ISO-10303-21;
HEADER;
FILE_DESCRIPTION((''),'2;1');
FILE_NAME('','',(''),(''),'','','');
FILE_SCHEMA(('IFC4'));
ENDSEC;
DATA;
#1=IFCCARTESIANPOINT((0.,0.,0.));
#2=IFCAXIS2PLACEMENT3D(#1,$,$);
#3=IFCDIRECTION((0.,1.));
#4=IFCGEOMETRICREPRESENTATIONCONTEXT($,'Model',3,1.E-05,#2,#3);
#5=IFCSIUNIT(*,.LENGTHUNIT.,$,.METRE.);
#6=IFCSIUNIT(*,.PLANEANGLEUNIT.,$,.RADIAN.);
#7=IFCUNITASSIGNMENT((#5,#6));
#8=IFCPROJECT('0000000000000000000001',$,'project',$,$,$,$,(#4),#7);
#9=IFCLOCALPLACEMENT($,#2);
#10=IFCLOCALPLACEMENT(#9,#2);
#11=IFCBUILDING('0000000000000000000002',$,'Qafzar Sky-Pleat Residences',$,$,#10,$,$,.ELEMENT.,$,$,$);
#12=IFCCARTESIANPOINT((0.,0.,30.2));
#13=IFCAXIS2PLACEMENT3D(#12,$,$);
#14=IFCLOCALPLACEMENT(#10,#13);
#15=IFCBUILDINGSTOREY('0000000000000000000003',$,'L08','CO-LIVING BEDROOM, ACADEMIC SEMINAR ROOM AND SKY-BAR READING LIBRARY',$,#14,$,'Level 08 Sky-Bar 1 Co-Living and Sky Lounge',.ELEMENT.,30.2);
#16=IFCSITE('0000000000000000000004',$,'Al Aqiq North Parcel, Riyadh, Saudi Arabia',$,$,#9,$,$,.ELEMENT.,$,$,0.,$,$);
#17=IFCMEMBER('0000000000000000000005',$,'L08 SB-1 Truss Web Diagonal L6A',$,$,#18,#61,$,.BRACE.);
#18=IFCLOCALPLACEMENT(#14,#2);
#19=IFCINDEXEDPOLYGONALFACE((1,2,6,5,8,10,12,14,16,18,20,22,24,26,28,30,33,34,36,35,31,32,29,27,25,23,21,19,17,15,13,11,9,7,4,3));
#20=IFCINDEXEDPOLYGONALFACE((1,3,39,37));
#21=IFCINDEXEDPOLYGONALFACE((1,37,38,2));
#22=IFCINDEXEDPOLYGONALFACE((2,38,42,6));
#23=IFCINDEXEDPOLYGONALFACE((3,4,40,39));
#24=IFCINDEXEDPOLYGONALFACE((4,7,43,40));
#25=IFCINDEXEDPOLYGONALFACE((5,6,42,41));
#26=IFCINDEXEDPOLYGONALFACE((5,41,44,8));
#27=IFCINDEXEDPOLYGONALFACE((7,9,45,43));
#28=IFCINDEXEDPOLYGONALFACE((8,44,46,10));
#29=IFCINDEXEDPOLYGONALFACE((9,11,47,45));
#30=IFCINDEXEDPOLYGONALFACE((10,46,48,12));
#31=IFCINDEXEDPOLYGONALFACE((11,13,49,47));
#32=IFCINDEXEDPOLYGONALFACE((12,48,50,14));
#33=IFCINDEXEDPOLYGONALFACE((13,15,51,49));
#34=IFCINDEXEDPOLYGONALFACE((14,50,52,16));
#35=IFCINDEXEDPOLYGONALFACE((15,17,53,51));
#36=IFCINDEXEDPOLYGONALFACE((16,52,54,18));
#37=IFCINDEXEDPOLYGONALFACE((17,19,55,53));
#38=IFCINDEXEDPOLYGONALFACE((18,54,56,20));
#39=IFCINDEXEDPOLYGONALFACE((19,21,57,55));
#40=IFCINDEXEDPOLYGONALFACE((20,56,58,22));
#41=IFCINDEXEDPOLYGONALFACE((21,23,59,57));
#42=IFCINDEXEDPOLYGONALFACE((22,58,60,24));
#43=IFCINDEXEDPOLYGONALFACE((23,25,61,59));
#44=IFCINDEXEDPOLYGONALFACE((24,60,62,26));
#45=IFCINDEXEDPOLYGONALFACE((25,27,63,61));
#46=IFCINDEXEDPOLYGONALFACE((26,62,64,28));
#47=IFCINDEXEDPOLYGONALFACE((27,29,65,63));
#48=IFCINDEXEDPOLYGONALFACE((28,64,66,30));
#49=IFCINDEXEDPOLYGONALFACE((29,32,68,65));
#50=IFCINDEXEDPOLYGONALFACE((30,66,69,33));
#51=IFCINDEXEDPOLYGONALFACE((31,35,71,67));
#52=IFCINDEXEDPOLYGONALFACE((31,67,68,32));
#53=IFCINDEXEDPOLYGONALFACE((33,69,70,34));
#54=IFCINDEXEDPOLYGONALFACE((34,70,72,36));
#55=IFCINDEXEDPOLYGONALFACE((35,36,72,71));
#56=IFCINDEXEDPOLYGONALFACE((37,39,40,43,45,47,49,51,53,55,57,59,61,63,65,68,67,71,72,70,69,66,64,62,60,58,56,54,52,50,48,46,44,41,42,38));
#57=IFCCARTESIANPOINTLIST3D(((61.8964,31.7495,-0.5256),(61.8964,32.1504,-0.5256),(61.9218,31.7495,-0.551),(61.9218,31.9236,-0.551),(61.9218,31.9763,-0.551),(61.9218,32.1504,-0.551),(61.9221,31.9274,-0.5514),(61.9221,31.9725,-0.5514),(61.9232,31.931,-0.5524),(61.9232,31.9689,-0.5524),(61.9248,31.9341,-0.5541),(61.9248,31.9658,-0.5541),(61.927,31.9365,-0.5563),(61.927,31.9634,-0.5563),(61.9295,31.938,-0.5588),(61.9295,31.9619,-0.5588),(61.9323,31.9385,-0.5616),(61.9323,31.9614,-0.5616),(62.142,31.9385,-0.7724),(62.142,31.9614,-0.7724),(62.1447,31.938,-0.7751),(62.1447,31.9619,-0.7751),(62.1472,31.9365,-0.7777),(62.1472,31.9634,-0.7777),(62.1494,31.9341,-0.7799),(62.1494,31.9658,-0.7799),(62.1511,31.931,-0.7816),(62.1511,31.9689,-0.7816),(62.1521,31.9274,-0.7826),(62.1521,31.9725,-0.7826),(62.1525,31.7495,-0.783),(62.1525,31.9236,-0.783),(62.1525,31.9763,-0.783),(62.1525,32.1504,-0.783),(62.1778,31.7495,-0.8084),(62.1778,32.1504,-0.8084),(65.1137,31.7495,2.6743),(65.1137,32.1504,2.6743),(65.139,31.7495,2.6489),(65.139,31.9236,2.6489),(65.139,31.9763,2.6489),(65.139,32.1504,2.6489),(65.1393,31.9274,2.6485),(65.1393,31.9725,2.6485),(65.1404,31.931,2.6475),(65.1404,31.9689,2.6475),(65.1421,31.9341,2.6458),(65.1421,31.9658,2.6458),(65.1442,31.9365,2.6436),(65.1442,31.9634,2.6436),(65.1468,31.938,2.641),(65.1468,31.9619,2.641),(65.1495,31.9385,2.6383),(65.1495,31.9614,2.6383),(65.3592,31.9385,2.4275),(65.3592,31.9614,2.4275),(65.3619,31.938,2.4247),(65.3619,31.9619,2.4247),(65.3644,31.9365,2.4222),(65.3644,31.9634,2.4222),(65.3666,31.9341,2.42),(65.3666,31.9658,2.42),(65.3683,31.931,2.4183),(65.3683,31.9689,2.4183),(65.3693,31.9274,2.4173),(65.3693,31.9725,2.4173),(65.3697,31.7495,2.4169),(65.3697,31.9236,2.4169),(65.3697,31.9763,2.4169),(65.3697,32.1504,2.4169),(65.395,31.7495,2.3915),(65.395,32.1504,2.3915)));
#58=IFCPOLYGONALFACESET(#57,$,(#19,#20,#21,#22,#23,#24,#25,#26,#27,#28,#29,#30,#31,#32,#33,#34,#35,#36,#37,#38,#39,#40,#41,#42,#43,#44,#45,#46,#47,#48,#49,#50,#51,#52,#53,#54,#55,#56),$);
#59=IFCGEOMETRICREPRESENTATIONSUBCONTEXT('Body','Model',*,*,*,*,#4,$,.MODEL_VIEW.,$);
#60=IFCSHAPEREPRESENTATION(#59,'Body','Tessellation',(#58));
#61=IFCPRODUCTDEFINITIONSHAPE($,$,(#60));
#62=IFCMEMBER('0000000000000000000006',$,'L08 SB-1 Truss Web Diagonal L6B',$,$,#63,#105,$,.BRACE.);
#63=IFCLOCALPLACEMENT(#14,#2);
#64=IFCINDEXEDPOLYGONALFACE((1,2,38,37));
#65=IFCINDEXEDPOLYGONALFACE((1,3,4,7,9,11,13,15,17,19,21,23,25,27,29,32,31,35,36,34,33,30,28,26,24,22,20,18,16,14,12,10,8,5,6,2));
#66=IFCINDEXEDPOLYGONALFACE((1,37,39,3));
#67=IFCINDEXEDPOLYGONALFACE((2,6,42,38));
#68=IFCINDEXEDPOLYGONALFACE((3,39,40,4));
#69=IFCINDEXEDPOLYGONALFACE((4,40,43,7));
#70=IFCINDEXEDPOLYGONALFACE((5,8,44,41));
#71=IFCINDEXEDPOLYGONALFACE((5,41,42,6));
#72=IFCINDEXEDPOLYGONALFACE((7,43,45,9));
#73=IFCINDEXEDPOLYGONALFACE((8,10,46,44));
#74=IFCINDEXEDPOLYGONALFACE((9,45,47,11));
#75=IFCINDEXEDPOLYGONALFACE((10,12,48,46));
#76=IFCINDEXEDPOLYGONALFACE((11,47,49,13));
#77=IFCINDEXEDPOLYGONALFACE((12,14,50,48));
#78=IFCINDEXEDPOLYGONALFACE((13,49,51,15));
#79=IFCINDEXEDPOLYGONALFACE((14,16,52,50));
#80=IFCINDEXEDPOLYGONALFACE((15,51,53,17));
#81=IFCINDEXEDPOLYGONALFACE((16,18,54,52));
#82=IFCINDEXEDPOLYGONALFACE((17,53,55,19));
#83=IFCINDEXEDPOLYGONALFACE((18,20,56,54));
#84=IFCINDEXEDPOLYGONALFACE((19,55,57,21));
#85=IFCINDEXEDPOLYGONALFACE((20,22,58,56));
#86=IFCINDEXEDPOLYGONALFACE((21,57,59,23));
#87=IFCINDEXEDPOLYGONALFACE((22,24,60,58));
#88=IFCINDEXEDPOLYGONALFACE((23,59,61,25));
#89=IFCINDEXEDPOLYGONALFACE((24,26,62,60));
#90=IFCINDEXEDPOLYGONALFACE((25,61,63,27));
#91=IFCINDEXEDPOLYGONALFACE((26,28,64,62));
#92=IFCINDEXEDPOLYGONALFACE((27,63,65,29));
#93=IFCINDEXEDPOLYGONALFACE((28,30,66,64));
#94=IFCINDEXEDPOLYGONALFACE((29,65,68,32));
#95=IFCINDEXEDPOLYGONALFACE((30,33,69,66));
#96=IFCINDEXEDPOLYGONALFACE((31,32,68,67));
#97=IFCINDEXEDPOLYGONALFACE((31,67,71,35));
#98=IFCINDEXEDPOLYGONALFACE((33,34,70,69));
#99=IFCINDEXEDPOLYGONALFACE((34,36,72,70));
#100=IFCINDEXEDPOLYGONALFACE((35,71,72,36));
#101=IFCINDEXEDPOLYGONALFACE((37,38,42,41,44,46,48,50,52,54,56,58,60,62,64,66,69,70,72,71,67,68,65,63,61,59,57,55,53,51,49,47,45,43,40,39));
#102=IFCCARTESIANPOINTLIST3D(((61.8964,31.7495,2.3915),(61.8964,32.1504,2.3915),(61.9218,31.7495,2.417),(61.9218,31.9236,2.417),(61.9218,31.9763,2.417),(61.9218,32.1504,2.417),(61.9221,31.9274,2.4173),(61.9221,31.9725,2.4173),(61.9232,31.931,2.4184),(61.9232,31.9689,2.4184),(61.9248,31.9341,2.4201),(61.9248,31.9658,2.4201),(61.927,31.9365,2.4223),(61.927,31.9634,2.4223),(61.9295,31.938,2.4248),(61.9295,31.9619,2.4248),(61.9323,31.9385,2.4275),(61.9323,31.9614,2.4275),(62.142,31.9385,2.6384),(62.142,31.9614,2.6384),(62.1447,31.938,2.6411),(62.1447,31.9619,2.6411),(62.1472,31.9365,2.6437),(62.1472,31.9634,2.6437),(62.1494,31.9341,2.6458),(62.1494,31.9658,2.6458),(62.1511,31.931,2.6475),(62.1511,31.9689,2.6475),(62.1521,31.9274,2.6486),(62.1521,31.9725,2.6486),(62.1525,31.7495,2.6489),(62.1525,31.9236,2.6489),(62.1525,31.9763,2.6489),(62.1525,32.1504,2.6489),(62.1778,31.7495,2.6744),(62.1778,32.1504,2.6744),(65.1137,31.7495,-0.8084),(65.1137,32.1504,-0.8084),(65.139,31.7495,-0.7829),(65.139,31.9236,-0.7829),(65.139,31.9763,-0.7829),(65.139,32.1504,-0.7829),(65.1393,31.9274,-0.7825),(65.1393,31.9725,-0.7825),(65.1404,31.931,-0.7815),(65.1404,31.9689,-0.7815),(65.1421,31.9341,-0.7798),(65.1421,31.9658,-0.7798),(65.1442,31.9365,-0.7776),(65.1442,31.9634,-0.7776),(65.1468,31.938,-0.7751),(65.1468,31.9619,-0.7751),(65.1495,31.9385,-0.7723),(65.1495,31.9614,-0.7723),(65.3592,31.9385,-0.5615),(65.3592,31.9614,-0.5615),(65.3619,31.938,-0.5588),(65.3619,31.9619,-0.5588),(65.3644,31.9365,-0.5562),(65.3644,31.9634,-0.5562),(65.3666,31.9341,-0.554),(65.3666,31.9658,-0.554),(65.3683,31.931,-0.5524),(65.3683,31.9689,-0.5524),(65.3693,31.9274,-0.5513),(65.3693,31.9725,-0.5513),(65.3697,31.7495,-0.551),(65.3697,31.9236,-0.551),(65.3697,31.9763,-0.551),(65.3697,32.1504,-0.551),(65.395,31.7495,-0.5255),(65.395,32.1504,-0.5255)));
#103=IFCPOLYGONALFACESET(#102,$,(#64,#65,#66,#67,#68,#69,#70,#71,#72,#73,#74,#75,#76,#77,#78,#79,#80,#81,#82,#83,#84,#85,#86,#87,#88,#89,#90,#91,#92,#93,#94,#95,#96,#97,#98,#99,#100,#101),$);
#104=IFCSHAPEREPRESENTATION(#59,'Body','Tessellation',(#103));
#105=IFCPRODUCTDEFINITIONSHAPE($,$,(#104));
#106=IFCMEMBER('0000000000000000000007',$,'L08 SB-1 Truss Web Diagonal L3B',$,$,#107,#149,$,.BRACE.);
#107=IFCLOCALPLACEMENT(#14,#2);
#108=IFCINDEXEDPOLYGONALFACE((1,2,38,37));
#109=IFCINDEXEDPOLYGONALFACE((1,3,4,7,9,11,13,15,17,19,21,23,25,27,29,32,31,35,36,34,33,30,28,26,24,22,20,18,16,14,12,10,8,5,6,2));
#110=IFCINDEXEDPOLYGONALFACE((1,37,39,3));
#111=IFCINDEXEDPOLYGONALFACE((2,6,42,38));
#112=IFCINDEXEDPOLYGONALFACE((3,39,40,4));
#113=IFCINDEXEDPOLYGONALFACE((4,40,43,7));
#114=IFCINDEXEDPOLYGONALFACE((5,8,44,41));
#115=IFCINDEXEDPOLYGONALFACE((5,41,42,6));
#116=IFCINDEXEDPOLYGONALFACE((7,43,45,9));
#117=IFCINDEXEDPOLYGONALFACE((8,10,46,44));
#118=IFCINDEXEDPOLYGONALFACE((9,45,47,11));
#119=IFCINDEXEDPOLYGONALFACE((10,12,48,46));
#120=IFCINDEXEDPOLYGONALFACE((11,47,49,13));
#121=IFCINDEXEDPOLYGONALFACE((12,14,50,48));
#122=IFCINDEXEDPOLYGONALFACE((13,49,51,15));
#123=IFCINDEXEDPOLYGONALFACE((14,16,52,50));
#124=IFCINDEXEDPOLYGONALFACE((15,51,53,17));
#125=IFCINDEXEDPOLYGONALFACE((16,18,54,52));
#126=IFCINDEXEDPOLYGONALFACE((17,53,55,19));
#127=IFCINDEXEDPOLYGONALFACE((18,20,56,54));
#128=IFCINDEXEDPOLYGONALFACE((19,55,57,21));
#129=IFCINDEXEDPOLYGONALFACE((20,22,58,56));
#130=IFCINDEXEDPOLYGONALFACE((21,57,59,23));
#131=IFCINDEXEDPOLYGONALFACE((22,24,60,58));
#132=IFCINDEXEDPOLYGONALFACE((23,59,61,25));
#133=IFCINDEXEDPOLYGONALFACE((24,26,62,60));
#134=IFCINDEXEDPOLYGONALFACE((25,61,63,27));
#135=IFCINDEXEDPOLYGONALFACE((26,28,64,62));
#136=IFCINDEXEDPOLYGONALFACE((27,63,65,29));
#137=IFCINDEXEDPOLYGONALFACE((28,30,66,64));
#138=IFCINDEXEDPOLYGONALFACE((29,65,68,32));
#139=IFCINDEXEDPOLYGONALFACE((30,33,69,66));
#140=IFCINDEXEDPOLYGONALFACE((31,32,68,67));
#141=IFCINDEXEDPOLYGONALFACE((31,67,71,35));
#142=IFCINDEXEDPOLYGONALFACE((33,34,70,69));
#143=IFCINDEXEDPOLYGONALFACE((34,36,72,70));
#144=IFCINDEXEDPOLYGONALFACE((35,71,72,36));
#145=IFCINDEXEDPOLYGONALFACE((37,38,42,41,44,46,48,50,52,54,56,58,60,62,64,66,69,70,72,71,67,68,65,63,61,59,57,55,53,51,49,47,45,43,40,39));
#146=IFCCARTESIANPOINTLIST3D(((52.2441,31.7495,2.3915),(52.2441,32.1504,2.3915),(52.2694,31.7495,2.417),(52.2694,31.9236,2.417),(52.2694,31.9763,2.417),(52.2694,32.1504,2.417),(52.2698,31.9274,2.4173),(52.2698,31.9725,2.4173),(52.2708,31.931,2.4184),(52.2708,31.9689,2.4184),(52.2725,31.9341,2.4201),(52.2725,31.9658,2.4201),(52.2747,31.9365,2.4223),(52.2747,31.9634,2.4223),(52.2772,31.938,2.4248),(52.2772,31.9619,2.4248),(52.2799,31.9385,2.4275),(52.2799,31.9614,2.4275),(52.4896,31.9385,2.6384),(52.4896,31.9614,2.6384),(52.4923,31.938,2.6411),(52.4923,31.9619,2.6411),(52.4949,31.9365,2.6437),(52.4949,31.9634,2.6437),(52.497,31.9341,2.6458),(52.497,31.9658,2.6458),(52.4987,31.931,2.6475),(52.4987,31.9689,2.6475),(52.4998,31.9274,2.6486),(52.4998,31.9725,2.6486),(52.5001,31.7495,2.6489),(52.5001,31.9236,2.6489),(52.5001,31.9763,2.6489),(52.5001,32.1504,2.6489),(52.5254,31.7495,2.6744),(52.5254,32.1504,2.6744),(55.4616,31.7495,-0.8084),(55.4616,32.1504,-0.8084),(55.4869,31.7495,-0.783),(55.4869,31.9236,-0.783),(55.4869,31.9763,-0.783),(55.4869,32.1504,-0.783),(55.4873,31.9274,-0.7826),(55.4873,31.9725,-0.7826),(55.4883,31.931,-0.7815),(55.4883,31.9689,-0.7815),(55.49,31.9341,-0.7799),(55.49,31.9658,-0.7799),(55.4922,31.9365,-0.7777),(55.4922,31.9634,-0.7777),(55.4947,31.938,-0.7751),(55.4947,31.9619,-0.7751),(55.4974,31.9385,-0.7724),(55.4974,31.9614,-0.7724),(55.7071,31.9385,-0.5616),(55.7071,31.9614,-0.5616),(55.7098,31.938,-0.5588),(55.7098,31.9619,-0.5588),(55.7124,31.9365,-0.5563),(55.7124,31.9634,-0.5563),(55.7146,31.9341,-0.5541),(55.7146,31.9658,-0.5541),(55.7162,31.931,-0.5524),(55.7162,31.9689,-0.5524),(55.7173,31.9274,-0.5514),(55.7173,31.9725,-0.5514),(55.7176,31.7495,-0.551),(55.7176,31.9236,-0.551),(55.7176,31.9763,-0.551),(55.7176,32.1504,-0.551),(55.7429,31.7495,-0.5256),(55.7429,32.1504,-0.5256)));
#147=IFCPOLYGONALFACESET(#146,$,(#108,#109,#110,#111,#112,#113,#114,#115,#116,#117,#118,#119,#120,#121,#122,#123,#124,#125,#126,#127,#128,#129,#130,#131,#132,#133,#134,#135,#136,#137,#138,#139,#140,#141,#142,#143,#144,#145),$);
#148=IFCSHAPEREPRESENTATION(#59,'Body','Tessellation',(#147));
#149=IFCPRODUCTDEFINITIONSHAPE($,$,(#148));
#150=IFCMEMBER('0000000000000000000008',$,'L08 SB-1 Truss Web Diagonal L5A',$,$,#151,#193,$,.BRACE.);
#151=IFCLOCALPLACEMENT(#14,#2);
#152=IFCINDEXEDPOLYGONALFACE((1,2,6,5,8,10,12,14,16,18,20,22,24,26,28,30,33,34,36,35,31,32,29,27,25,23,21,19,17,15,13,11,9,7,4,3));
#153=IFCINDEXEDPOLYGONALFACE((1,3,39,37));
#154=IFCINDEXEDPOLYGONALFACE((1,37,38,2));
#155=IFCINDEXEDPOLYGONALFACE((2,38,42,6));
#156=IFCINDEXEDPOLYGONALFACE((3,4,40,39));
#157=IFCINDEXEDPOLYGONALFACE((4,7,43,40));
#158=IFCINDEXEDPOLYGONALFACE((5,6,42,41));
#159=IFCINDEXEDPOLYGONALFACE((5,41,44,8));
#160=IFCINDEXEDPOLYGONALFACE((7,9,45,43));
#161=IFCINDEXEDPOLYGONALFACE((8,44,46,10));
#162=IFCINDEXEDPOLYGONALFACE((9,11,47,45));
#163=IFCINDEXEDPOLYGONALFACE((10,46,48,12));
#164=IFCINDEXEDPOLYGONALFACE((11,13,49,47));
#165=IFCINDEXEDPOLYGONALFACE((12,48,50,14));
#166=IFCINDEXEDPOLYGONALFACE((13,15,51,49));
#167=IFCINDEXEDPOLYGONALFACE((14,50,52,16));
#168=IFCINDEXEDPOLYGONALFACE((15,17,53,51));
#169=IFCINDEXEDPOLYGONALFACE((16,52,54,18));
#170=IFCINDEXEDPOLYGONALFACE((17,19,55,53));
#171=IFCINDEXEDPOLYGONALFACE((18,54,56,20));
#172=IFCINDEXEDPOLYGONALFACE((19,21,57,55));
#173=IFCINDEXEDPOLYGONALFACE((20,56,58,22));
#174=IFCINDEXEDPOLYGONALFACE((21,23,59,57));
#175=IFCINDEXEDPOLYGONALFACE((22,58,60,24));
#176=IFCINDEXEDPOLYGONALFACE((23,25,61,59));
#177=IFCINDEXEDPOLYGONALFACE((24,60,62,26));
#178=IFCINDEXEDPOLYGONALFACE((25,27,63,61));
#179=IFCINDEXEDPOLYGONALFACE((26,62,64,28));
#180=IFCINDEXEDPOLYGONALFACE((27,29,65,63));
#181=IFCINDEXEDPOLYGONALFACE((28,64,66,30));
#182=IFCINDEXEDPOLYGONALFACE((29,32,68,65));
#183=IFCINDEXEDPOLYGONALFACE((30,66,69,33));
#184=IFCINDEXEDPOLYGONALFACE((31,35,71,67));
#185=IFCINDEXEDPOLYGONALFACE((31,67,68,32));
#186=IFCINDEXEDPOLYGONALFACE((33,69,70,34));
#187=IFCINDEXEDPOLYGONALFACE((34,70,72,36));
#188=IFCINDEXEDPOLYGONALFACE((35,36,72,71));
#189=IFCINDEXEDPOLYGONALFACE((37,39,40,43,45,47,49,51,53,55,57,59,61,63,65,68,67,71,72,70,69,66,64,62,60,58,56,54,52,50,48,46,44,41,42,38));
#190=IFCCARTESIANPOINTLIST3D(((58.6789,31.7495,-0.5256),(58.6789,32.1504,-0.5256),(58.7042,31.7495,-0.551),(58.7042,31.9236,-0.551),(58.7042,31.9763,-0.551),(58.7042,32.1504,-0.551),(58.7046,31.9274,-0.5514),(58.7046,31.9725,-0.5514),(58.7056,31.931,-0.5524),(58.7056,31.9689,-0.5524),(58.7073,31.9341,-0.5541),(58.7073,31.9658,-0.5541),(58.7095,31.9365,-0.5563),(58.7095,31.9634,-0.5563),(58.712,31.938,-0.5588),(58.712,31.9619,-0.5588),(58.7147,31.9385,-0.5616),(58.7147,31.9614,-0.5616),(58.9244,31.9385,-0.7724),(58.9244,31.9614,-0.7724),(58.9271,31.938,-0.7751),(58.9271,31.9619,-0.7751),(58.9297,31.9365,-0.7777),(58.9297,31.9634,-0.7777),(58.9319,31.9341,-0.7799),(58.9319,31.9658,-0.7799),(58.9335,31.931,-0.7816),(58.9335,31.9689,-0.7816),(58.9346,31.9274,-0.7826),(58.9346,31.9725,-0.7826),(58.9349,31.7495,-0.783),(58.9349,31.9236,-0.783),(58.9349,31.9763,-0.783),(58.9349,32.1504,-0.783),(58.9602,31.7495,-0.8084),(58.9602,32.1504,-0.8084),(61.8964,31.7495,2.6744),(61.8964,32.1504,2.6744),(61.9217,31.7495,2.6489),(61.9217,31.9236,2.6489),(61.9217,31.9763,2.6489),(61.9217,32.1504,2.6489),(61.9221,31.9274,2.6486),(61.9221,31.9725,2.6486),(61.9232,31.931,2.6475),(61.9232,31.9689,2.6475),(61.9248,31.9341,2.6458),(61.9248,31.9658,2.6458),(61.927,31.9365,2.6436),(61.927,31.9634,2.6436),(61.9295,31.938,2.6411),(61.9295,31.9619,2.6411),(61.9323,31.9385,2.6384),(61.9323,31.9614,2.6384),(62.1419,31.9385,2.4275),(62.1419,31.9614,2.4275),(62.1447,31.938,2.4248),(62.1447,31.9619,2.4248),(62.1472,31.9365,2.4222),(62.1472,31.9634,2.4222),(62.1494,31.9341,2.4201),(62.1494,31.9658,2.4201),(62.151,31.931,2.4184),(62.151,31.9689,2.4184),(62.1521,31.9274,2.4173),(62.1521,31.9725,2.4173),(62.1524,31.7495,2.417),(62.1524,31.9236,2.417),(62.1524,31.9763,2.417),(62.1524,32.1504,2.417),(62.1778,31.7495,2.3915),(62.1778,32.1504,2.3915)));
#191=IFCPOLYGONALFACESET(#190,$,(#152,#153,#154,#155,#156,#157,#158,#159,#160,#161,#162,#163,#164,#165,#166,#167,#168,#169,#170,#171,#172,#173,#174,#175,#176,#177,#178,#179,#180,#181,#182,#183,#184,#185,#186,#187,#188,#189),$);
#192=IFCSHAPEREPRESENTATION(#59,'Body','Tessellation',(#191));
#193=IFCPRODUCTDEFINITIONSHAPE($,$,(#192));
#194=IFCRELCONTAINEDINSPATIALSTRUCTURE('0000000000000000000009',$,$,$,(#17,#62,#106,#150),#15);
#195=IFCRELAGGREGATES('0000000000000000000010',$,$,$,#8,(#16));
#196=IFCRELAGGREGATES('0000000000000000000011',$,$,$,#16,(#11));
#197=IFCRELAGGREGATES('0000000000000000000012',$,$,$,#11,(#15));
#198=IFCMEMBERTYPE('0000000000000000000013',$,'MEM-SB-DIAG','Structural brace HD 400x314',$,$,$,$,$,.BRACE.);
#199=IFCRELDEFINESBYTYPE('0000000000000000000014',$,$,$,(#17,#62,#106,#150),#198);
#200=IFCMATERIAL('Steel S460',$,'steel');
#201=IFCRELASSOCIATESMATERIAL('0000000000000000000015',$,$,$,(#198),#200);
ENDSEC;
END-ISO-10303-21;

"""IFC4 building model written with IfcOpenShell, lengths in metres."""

from ifc_helpers import new_model, si_unit, direction, frame, origin, origin_2d, place, context, subcontext, project, spatial, i_section, extrude, source, transform, mapped, material, material_profile, profile_set, type_object, element, save


model = new_model("IFC4")

# Units and contexts
model_context = context("Model", 3, precision=1e-05, world=origin(), true_north=direction((0.0, 1.0)))
body_context = subcontext(model_context, "Body", "Model", "MODEL_VIEW")
ifc_project = project(units=[si_unit("LENGTHUNIT", "METRE"), si_unit("PLANEANGLEUNIT", "RADIAN")], contexts=[model_context])

# Site, building, storey
site_placement = place(None, origin())
site = spatial("IfcSite", under=ifc_project, at=site_placement, Name="Al Aqiq North Parcel, Riyadh, Saudi Arabia", CompositionType="ELEMENT", RefElevation=0.0)
building_placement = place(site_placement, origin())
building = spatial("IfcBuilding", under=site, at=building_placement, Name="Qafzar Sky-Pleat Residences", CompositionType="ELEMENT")
storey_placement = place(building_placement, frame((0.0, 0.0, 30.2)))
storey = spatial("IfcBuildingStorey", under=building, at=storey_placement, Name="L08", Description="CO-LIVING BEDROOM, ACADEMIC SEMINAR ROOM AND SKY-BAR READING LIBRARY", LongName="Level 08 Sky-Bar 1 Co-Living and Sky Lounge", CompositionType="ELEMENT", Elevation=30.2)

# Shared definitions
ifc_material_1 = material(Name="Steel S460", Category="steel")

# Members
ifc_material_profile_1 = material_profile(ifc_material_1, i_section(OverallWidth=0.4009, OverallDepth=0.3989, WebThickness=0.0229, FlangeThickness=0.0359, FilletRadius=0.0149, at=origin_2d()), Name="HD 400x314")
ifc_profile_set_1 = profile_set([ifc_material_profile_1], Name="Steel S460")
member_type_1 = type_object("IfcMemberType", Name="MEM-SB-DIAG", Description="Structural brace HD 400x314", PredefinedType="BRACE", material=ifc_profile_set_1)
shared_shape_1 = source(origin(), body_context, "Body", "SweptSolid", [
    extrude(i_section(OverallWidth=0.4009, OverallDepth=0.3989, WebThickness=0.0229, FlangeThickness=0.0359, FilletRadius=0.0149, at=origin_2d()), origin(), (0.0, 0.0, 1.0), 4.5376),
])
for number, where, z_axis, x_axis, name in (
    (1, (62.0371, 31.95, -0.667), (0.709014, 0.0, 0.705194), (0.0, 1.0, 0.0), "L08 SB-1 Truss Web Diagonal L6A"),
    (2, (62.0371, 31.95, 2.533), (0.709014, 0.0, -0.705194), (0.0, 1.0, 0.0), "L08 SB-1 Truss Web Diagonal L6B"),
):
    element("IfcMember", number, at=place(storey_placement, frame(where, z_axis=z_axis, x_axis=x_axis)), inside=storey, type_object=member_type_1, Name=name, PredefinedType="BRACE", context=body_context, shape_type="MappedRepresentation", body=[
        mapped(shared_shape_1, transform((0.0, 0.0, 0.0), x_axis=(1.0, 0.0, 0.0), y_axis=(0.0, 1.0, 0.0), z_axis=(0.0, 0.0, 1.0), scale=1.0)),
    ])
shared_shape_2 = source(origin(), body_context, "Body", "SweptSolid", [
    extrude(i_section(OverallWidth=0.4009, OverallDepth=0.3989, WebThickness=0.0229, FlangeThickness=0.0359, FilletRadius=0.0149, at=origin_2d()), origin(), (0.0, 0.0, 1.0), 4.5378),
])
for number, where, z_axis, x_axis, name in (
    (3, (52.3848, 31.95, 2.533), (0.709041, 0.0, -0.705167), (0.0, 1.0, 0.0), "L08 SB-1 Truss Web Diagonal L3B"),
    (4, (58.8196, 31.95, -0.667), (0.709041, 0.0, 0.705167), (0.0, 1.0, 0.0), "L08 SB-1 Truss Web Diagonal L5A"),
):
    element("IfcMember", number, at=place(storey_placement, frame(where, z_axis=z_axis, x_axis=x_axis)), inside=storey, type_object=member_type_1, Name=name, PredefinedType="BRACE", context=body_context, shape_type="MappedRepresentation", body=[
        mapped(shared_shape_2, transform((0.0, 0.0, 0.0), x_axis=(1.0, 0.0, 0.0), y_axis=(0.0, 1.0, 0.0), z_axis=(0.0, 0.0, 1.0), scale=1.0)),
    ])

save(model, "model.ifc")
